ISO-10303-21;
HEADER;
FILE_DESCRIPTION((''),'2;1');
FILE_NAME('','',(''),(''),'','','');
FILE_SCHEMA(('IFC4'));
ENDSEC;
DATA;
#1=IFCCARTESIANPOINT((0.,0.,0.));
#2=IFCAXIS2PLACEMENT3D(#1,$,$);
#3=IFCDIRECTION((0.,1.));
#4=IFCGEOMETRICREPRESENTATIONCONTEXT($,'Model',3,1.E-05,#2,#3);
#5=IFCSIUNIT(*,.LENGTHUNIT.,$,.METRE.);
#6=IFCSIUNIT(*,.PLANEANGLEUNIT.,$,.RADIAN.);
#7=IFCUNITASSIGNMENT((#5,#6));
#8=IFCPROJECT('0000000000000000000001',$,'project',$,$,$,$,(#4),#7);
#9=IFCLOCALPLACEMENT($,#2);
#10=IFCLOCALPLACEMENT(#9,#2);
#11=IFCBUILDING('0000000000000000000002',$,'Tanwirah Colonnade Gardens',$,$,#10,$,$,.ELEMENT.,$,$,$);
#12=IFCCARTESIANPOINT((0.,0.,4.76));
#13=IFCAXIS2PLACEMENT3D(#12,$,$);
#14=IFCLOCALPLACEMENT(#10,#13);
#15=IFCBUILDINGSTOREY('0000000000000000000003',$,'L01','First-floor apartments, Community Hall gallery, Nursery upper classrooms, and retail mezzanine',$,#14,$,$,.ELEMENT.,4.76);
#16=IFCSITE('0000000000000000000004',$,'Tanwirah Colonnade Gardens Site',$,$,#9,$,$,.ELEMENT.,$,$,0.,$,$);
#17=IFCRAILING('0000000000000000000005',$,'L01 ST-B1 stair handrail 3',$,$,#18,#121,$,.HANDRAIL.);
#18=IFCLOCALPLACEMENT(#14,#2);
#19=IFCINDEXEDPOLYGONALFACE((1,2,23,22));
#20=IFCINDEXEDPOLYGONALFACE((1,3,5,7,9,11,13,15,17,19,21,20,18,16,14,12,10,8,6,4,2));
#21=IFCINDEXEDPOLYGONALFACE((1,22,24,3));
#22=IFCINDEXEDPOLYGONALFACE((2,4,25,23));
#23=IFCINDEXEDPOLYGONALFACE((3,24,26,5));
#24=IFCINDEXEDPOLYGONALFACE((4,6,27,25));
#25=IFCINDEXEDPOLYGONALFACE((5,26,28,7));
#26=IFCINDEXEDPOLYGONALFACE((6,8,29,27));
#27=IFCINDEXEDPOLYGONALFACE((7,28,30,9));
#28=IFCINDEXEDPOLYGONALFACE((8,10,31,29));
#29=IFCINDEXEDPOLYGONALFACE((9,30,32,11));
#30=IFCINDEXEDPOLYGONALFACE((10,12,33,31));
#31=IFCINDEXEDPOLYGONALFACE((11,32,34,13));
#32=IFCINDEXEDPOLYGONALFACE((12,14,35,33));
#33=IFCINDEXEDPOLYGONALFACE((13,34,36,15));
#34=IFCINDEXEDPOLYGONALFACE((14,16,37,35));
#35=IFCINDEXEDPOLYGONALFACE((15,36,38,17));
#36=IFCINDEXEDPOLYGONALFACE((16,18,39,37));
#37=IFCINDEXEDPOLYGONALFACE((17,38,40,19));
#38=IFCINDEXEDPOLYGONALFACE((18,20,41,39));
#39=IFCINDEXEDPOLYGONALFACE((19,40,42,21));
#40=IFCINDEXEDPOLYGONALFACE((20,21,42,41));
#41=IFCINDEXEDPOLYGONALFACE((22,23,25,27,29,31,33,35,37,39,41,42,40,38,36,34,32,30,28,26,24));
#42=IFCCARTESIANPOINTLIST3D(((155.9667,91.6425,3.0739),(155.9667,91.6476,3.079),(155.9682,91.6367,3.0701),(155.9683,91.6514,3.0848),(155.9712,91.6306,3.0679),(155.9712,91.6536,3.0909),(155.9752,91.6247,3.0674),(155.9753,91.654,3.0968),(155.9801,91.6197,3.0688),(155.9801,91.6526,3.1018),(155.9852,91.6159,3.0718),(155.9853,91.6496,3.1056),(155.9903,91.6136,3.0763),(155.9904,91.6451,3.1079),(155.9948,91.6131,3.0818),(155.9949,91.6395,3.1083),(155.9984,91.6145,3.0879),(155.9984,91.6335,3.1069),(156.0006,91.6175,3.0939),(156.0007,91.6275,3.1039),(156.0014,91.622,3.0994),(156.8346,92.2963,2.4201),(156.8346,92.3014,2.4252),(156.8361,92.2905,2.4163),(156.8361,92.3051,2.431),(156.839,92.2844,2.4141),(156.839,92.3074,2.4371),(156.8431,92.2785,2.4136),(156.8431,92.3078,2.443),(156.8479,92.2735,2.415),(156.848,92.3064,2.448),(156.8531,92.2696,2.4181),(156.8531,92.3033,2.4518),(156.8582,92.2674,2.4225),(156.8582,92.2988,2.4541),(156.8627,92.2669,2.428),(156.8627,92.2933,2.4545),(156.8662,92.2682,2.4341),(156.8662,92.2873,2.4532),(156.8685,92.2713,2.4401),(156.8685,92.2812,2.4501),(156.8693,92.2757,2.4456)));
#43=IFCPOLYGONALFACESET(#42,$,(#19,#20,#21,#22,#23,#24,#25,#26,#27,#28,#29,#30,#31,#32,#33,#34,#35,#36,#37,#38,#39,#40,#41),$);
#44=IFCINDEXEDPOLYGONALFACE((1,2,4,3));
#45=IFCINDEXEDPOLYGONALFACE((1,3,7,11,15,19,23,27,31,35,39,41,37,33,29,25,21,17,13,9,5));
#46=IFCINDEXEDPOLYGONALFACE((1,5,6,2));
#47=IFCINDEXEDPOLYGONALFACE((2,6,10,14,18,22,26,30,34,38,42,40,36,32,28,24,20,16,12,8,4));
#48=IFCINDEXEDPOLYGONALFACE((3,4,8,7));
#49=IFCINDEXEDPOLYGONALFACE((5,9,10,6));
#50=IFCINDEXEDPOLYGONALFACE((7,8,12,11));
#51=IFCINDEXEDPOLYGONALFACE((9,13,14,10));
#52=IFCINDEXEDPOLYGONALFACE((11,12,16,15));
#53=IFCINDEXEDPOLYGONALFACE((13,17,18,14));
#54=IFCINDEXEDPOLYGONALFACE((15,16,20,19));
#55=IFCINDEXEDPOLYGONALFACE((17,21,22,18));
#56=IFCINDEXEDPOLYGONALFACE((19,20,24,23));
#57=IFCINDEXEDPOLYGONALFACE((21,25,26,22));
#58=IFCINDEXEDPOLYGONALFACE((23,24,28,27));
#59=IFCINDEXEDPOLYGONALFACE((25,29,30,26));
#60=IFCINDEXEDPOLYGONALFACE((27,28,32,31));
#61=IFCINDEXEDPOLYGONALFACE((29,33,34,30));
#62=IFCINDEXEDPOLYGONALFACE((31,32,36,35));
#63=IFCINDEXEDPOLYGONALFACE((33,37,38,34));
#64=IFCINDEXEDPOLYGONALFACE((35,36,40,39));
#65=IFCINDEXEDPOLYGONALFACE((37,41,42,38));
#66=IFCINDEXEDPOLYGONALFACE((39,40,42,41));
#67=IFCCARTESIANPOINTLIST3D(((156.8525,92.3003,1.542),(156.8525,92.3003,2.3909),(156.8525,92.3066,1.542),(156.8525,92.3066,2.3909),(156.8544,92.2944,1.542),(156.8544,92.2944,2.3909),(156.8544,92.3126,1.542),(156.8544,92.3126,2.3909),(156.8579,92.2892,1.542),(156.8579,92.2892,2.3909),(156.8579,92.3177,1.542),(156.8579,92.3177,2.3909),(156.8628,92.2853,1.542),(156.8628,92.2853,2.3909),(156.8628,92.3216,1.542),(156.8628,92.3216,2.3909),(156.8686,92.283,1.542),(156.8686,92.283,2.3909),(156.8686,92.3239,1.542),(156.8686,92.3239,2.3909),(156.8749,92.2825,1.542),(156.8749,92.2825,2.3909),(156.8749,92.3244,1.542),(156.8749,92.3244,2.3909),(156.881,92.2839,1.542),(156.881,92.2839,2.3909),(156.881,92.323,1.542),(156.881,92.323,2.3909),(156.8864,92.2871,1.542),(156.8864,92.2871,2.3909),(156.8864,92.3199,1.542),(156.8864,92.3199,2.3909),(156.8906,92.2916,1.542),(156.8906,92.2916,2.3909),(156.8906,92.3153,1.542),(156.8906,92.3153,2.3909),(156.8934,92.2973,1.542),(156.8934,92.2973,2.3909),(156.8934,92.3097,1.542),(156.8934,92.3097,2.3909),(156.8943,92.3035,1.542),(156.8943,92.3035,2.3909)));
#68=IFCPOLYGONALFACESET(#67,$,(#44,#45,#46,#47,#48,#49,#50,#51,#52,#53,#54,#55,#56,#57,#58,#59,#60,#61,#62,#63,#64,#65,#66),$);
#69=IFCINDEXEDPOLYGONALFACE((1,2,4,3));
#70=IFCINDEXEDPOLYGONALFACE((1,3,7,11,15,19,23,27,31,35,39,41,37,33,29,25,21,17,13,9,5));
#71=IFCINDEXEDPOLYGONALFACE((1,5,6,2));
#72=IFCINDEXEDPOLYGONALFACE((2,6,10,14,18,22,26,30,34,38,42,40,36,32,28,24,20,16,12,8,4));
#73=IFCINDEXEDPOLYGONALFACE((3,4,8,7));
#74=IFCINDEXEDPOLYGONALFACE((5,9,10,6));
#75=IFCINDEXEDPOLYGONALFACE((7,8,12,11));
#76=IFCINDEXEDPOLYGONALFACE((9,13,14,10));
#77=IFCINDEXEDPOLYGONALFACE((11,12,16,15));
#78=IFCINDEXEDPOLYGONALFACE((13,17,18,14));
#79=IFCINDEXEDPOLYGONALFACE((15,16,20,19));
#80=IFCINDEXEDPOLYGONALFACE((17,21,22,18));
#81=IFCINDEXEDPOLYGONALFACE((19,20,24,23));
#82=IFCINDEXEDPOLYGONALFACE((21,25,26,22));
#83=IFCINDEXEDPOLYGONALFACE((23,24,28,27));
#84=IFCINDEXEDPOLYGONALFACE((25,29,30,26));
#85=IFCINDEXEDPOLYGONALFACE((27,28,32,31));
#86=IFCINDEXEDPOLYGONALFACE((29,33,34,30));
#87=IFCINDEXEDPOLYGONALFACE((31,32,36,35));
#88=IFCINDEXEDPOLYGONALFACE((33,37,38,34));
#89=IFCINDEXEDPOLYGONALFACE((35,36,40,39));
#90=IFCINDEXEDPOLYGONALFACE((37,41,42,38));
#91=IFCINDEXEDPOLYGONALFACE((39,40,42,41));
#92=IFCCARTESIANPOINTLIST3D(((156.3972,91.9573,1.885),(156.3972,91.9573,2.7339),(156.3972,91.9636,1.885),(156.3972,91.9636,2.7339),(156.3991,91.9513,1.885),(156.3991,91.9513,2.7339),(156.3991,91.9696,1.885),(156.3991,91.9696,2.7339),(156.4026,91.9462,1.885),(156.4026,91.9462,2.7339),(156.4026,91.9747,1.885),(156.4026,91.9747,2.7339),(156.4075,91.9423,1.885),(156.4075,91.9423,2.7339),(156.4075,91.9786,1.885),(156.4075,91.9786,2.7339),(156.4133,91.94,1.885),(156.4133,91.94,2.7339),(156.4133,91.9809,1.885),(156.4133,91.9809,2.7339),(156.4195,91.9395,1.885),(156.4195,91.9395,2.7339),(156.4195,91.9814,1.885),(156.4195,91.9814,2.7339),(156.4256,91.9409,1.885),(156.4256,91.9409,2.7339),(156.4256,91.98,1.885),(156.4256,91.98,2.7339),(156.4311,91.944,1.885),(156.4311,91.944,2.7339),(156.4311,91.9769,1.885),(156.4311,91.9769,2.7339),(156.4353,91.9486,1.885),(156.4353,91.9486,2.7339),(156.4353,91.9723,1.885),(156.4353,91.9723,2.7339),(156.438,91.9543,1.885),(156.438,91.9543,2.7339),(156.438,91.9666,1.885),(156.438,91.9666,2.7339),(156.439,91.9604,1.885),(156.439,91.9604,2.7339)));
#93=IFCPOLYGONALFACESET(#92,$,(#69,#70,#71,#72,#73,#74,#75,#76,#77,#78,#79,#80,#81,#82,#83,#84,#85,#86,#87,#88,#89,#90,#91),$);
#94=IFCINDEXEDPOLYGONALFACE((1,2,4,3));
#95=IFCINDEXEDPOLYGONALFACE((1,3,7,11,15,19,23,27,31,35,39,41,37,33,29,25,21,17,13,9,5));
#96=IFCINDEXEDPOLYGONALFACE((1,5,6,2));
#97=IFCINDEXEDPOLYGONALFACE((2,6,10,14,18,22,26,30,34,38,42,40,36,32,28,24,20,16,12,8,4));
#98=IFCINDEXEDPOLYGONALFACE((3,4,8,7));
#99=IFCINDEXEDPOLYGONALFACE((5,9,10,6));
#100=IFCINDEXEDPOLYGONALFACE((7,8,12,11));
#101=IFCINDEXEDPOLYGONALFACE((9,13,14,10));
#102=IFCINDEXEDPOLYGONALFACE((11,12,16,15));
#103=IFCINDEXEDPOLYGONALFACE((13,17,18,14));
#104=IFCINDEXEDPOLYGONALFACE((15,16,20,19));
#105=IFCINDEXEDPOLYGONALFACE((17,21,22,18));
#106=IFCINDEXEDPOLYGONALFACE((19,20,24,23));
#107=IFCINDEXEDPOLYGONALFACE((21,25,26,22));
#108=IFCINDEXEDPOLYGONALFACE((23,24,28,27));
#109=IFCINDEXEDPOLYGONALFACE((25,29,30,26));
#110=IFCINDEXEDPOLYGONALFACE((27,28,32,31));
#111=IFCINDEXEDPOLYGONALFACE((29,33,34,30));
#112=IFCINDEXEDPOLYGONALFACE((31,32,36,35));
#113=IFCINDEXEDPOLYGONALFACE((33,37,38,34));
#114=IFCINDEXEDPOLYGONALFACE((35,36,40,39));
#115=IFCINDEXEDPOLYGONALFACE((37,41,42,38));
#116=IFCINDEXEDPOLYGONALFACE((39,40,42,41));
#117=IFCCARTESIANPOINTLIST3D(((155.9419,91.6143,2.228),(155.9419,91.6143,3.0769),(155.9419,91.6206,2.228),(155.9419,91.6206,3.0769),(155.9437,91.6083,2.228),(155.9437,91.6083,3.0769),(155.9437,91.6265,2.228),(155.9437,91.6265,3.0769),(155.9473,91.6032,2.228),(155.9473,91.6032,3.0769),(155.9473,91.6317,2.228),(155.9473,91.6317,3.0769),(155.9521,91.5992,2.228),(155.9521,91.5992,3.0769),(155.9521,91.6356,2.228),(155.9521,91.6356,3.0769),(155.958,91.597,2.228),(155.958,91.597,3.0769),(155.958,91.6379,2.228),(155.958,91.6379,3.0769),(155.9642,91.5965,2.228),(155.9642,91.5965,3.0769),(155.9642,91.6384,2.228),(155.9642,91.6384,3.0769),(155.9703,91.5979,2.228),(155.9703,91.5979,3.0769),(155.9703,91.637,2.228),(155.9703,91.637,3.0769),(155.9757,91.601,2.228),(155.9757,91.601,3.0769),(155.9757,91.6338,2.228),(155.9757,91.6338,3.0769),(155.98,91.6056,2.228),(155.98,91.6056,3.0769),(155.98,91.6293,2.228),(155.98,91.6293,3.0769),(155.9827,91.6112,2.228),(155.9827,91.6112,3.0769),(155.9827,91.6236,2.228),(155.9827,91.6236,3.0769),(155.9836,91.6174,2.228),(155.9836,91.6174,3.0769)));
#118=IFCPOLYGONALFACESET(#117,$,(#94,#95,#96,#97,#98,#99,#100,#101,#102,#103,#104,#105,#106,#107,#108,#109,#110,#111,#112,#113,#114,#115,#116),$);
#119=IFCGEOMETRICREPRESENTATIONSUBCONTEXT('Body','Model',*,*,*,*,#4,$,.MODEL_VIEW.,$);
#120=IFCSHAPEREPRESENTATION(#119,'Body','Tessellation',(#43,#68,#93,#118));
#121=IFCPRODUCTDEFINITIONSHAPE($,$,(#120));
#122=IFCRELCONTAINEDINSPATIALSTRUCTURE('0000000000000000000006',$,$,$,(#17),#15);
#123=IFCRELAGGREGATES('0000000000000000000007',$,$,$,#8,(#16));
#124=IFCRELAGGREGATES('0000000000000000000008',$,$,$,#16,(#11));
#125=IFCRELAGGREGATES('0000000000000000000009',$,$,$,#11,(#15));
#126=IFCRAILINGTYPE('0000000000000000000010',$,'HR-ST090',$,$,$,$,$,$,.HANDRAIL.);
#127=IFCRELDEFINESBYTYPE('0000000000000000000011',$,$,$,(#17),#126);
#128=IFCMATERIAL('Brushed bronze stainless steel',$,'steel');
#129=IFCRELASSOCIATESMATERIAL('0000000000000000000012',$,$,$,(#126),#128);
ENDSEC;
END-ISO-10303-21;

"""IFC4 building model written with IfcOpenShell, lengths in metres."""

from ifc_helpers import new_model, si_unit, direction, frame, origin, origin_2d, place, context, subcontext, project, spatial, circle, extrude, material, type_object, element, save


model = new_model("IFC4")

# Units and contexts
model_context = context("Model", 3, precision=1e-05, world=origin(), true_north=direction((0.0, 1.0)))
body_context = subcontext(model_context, "Body", "Model", "MODEL_VIEW")
ifc_project = project(units=[si_unit("LENGTHUNIT", "METRE"), si_unit("PLANEANGLEUNIT", "RADIAN")], contexts=[model_context])

# Site, building, storey
site_placement = place(None, origin())
site = spatial("IfcSite", under=ifc_project, at=site_placement, Name="Tanwirah Colonnade Gardens Site", CompositionType="ELEMENT", RefElevation=0.0)
building_placement = place(site_placement, origin())
building = spatial("IfcBuilding", under=site, at=building_placement, Name="Tanwirah Colonnade Gardens", CompositionType="ELEMENT")
storey_placement = place(building_placement, frame((0.0, 0.0, 4.76)))
storey = spatial("IfcBuildingStorey", under=building, at=storey_placement, Name="L01", Description="First-floor apartments, Community Hall gallery, Nursery upper classrooms, and retail mezzanine", CompositionType="ELEMENT", Elevation=4.76)

# Railing
ifc_material_1 = material(Name="Brushed bronze stainless steel", Category="steel")
railing_type_1 = type_object("IfcRailingType", Name="HR-ST090", PredefinedType="HANDRAIL", material=ifc_material_1)
railing_1_placement = place(storey_placement, frame((156.8733, 92.3035, 1.542)))
element("IfcRailing", 1, at=railing_1_placement, inside=storey, type_object=railing_type_1, Name="L01 ST-B1 stair handrail 3", PredefinedType="HANDRAIL", context=body_context, shape_type="SweptSolid", body=[
    extrude(circle(Radius=0.0239, at=origin_2d()), frame((-0.0215, -0.0161, 0.8921), z_axis=(-0.684374, -0.515574, 0.515574), x_axis=(0.601712, -0.798713, 0.0)), (0.0, 0.0, 1.0), 1.2681),
    extrude(circle(Radius=0.021, at=origin_2d()), origin(), (0.0, 0.0, 1.0), 0.8489),
    extrude(circle(Radius=0.021, at=origin_2d()), frame((-0.4553, -0.343, 0.343)), (0.0, 0.0, 1.0), 0.8489),
    extrude(circle(Radius=0.021, at=origin_2d()), frame((-0.9106, -0.686, 0.686)), (0.0, 0.0, 1.0), 0.8489),
])

save(model, "model.ifc")
